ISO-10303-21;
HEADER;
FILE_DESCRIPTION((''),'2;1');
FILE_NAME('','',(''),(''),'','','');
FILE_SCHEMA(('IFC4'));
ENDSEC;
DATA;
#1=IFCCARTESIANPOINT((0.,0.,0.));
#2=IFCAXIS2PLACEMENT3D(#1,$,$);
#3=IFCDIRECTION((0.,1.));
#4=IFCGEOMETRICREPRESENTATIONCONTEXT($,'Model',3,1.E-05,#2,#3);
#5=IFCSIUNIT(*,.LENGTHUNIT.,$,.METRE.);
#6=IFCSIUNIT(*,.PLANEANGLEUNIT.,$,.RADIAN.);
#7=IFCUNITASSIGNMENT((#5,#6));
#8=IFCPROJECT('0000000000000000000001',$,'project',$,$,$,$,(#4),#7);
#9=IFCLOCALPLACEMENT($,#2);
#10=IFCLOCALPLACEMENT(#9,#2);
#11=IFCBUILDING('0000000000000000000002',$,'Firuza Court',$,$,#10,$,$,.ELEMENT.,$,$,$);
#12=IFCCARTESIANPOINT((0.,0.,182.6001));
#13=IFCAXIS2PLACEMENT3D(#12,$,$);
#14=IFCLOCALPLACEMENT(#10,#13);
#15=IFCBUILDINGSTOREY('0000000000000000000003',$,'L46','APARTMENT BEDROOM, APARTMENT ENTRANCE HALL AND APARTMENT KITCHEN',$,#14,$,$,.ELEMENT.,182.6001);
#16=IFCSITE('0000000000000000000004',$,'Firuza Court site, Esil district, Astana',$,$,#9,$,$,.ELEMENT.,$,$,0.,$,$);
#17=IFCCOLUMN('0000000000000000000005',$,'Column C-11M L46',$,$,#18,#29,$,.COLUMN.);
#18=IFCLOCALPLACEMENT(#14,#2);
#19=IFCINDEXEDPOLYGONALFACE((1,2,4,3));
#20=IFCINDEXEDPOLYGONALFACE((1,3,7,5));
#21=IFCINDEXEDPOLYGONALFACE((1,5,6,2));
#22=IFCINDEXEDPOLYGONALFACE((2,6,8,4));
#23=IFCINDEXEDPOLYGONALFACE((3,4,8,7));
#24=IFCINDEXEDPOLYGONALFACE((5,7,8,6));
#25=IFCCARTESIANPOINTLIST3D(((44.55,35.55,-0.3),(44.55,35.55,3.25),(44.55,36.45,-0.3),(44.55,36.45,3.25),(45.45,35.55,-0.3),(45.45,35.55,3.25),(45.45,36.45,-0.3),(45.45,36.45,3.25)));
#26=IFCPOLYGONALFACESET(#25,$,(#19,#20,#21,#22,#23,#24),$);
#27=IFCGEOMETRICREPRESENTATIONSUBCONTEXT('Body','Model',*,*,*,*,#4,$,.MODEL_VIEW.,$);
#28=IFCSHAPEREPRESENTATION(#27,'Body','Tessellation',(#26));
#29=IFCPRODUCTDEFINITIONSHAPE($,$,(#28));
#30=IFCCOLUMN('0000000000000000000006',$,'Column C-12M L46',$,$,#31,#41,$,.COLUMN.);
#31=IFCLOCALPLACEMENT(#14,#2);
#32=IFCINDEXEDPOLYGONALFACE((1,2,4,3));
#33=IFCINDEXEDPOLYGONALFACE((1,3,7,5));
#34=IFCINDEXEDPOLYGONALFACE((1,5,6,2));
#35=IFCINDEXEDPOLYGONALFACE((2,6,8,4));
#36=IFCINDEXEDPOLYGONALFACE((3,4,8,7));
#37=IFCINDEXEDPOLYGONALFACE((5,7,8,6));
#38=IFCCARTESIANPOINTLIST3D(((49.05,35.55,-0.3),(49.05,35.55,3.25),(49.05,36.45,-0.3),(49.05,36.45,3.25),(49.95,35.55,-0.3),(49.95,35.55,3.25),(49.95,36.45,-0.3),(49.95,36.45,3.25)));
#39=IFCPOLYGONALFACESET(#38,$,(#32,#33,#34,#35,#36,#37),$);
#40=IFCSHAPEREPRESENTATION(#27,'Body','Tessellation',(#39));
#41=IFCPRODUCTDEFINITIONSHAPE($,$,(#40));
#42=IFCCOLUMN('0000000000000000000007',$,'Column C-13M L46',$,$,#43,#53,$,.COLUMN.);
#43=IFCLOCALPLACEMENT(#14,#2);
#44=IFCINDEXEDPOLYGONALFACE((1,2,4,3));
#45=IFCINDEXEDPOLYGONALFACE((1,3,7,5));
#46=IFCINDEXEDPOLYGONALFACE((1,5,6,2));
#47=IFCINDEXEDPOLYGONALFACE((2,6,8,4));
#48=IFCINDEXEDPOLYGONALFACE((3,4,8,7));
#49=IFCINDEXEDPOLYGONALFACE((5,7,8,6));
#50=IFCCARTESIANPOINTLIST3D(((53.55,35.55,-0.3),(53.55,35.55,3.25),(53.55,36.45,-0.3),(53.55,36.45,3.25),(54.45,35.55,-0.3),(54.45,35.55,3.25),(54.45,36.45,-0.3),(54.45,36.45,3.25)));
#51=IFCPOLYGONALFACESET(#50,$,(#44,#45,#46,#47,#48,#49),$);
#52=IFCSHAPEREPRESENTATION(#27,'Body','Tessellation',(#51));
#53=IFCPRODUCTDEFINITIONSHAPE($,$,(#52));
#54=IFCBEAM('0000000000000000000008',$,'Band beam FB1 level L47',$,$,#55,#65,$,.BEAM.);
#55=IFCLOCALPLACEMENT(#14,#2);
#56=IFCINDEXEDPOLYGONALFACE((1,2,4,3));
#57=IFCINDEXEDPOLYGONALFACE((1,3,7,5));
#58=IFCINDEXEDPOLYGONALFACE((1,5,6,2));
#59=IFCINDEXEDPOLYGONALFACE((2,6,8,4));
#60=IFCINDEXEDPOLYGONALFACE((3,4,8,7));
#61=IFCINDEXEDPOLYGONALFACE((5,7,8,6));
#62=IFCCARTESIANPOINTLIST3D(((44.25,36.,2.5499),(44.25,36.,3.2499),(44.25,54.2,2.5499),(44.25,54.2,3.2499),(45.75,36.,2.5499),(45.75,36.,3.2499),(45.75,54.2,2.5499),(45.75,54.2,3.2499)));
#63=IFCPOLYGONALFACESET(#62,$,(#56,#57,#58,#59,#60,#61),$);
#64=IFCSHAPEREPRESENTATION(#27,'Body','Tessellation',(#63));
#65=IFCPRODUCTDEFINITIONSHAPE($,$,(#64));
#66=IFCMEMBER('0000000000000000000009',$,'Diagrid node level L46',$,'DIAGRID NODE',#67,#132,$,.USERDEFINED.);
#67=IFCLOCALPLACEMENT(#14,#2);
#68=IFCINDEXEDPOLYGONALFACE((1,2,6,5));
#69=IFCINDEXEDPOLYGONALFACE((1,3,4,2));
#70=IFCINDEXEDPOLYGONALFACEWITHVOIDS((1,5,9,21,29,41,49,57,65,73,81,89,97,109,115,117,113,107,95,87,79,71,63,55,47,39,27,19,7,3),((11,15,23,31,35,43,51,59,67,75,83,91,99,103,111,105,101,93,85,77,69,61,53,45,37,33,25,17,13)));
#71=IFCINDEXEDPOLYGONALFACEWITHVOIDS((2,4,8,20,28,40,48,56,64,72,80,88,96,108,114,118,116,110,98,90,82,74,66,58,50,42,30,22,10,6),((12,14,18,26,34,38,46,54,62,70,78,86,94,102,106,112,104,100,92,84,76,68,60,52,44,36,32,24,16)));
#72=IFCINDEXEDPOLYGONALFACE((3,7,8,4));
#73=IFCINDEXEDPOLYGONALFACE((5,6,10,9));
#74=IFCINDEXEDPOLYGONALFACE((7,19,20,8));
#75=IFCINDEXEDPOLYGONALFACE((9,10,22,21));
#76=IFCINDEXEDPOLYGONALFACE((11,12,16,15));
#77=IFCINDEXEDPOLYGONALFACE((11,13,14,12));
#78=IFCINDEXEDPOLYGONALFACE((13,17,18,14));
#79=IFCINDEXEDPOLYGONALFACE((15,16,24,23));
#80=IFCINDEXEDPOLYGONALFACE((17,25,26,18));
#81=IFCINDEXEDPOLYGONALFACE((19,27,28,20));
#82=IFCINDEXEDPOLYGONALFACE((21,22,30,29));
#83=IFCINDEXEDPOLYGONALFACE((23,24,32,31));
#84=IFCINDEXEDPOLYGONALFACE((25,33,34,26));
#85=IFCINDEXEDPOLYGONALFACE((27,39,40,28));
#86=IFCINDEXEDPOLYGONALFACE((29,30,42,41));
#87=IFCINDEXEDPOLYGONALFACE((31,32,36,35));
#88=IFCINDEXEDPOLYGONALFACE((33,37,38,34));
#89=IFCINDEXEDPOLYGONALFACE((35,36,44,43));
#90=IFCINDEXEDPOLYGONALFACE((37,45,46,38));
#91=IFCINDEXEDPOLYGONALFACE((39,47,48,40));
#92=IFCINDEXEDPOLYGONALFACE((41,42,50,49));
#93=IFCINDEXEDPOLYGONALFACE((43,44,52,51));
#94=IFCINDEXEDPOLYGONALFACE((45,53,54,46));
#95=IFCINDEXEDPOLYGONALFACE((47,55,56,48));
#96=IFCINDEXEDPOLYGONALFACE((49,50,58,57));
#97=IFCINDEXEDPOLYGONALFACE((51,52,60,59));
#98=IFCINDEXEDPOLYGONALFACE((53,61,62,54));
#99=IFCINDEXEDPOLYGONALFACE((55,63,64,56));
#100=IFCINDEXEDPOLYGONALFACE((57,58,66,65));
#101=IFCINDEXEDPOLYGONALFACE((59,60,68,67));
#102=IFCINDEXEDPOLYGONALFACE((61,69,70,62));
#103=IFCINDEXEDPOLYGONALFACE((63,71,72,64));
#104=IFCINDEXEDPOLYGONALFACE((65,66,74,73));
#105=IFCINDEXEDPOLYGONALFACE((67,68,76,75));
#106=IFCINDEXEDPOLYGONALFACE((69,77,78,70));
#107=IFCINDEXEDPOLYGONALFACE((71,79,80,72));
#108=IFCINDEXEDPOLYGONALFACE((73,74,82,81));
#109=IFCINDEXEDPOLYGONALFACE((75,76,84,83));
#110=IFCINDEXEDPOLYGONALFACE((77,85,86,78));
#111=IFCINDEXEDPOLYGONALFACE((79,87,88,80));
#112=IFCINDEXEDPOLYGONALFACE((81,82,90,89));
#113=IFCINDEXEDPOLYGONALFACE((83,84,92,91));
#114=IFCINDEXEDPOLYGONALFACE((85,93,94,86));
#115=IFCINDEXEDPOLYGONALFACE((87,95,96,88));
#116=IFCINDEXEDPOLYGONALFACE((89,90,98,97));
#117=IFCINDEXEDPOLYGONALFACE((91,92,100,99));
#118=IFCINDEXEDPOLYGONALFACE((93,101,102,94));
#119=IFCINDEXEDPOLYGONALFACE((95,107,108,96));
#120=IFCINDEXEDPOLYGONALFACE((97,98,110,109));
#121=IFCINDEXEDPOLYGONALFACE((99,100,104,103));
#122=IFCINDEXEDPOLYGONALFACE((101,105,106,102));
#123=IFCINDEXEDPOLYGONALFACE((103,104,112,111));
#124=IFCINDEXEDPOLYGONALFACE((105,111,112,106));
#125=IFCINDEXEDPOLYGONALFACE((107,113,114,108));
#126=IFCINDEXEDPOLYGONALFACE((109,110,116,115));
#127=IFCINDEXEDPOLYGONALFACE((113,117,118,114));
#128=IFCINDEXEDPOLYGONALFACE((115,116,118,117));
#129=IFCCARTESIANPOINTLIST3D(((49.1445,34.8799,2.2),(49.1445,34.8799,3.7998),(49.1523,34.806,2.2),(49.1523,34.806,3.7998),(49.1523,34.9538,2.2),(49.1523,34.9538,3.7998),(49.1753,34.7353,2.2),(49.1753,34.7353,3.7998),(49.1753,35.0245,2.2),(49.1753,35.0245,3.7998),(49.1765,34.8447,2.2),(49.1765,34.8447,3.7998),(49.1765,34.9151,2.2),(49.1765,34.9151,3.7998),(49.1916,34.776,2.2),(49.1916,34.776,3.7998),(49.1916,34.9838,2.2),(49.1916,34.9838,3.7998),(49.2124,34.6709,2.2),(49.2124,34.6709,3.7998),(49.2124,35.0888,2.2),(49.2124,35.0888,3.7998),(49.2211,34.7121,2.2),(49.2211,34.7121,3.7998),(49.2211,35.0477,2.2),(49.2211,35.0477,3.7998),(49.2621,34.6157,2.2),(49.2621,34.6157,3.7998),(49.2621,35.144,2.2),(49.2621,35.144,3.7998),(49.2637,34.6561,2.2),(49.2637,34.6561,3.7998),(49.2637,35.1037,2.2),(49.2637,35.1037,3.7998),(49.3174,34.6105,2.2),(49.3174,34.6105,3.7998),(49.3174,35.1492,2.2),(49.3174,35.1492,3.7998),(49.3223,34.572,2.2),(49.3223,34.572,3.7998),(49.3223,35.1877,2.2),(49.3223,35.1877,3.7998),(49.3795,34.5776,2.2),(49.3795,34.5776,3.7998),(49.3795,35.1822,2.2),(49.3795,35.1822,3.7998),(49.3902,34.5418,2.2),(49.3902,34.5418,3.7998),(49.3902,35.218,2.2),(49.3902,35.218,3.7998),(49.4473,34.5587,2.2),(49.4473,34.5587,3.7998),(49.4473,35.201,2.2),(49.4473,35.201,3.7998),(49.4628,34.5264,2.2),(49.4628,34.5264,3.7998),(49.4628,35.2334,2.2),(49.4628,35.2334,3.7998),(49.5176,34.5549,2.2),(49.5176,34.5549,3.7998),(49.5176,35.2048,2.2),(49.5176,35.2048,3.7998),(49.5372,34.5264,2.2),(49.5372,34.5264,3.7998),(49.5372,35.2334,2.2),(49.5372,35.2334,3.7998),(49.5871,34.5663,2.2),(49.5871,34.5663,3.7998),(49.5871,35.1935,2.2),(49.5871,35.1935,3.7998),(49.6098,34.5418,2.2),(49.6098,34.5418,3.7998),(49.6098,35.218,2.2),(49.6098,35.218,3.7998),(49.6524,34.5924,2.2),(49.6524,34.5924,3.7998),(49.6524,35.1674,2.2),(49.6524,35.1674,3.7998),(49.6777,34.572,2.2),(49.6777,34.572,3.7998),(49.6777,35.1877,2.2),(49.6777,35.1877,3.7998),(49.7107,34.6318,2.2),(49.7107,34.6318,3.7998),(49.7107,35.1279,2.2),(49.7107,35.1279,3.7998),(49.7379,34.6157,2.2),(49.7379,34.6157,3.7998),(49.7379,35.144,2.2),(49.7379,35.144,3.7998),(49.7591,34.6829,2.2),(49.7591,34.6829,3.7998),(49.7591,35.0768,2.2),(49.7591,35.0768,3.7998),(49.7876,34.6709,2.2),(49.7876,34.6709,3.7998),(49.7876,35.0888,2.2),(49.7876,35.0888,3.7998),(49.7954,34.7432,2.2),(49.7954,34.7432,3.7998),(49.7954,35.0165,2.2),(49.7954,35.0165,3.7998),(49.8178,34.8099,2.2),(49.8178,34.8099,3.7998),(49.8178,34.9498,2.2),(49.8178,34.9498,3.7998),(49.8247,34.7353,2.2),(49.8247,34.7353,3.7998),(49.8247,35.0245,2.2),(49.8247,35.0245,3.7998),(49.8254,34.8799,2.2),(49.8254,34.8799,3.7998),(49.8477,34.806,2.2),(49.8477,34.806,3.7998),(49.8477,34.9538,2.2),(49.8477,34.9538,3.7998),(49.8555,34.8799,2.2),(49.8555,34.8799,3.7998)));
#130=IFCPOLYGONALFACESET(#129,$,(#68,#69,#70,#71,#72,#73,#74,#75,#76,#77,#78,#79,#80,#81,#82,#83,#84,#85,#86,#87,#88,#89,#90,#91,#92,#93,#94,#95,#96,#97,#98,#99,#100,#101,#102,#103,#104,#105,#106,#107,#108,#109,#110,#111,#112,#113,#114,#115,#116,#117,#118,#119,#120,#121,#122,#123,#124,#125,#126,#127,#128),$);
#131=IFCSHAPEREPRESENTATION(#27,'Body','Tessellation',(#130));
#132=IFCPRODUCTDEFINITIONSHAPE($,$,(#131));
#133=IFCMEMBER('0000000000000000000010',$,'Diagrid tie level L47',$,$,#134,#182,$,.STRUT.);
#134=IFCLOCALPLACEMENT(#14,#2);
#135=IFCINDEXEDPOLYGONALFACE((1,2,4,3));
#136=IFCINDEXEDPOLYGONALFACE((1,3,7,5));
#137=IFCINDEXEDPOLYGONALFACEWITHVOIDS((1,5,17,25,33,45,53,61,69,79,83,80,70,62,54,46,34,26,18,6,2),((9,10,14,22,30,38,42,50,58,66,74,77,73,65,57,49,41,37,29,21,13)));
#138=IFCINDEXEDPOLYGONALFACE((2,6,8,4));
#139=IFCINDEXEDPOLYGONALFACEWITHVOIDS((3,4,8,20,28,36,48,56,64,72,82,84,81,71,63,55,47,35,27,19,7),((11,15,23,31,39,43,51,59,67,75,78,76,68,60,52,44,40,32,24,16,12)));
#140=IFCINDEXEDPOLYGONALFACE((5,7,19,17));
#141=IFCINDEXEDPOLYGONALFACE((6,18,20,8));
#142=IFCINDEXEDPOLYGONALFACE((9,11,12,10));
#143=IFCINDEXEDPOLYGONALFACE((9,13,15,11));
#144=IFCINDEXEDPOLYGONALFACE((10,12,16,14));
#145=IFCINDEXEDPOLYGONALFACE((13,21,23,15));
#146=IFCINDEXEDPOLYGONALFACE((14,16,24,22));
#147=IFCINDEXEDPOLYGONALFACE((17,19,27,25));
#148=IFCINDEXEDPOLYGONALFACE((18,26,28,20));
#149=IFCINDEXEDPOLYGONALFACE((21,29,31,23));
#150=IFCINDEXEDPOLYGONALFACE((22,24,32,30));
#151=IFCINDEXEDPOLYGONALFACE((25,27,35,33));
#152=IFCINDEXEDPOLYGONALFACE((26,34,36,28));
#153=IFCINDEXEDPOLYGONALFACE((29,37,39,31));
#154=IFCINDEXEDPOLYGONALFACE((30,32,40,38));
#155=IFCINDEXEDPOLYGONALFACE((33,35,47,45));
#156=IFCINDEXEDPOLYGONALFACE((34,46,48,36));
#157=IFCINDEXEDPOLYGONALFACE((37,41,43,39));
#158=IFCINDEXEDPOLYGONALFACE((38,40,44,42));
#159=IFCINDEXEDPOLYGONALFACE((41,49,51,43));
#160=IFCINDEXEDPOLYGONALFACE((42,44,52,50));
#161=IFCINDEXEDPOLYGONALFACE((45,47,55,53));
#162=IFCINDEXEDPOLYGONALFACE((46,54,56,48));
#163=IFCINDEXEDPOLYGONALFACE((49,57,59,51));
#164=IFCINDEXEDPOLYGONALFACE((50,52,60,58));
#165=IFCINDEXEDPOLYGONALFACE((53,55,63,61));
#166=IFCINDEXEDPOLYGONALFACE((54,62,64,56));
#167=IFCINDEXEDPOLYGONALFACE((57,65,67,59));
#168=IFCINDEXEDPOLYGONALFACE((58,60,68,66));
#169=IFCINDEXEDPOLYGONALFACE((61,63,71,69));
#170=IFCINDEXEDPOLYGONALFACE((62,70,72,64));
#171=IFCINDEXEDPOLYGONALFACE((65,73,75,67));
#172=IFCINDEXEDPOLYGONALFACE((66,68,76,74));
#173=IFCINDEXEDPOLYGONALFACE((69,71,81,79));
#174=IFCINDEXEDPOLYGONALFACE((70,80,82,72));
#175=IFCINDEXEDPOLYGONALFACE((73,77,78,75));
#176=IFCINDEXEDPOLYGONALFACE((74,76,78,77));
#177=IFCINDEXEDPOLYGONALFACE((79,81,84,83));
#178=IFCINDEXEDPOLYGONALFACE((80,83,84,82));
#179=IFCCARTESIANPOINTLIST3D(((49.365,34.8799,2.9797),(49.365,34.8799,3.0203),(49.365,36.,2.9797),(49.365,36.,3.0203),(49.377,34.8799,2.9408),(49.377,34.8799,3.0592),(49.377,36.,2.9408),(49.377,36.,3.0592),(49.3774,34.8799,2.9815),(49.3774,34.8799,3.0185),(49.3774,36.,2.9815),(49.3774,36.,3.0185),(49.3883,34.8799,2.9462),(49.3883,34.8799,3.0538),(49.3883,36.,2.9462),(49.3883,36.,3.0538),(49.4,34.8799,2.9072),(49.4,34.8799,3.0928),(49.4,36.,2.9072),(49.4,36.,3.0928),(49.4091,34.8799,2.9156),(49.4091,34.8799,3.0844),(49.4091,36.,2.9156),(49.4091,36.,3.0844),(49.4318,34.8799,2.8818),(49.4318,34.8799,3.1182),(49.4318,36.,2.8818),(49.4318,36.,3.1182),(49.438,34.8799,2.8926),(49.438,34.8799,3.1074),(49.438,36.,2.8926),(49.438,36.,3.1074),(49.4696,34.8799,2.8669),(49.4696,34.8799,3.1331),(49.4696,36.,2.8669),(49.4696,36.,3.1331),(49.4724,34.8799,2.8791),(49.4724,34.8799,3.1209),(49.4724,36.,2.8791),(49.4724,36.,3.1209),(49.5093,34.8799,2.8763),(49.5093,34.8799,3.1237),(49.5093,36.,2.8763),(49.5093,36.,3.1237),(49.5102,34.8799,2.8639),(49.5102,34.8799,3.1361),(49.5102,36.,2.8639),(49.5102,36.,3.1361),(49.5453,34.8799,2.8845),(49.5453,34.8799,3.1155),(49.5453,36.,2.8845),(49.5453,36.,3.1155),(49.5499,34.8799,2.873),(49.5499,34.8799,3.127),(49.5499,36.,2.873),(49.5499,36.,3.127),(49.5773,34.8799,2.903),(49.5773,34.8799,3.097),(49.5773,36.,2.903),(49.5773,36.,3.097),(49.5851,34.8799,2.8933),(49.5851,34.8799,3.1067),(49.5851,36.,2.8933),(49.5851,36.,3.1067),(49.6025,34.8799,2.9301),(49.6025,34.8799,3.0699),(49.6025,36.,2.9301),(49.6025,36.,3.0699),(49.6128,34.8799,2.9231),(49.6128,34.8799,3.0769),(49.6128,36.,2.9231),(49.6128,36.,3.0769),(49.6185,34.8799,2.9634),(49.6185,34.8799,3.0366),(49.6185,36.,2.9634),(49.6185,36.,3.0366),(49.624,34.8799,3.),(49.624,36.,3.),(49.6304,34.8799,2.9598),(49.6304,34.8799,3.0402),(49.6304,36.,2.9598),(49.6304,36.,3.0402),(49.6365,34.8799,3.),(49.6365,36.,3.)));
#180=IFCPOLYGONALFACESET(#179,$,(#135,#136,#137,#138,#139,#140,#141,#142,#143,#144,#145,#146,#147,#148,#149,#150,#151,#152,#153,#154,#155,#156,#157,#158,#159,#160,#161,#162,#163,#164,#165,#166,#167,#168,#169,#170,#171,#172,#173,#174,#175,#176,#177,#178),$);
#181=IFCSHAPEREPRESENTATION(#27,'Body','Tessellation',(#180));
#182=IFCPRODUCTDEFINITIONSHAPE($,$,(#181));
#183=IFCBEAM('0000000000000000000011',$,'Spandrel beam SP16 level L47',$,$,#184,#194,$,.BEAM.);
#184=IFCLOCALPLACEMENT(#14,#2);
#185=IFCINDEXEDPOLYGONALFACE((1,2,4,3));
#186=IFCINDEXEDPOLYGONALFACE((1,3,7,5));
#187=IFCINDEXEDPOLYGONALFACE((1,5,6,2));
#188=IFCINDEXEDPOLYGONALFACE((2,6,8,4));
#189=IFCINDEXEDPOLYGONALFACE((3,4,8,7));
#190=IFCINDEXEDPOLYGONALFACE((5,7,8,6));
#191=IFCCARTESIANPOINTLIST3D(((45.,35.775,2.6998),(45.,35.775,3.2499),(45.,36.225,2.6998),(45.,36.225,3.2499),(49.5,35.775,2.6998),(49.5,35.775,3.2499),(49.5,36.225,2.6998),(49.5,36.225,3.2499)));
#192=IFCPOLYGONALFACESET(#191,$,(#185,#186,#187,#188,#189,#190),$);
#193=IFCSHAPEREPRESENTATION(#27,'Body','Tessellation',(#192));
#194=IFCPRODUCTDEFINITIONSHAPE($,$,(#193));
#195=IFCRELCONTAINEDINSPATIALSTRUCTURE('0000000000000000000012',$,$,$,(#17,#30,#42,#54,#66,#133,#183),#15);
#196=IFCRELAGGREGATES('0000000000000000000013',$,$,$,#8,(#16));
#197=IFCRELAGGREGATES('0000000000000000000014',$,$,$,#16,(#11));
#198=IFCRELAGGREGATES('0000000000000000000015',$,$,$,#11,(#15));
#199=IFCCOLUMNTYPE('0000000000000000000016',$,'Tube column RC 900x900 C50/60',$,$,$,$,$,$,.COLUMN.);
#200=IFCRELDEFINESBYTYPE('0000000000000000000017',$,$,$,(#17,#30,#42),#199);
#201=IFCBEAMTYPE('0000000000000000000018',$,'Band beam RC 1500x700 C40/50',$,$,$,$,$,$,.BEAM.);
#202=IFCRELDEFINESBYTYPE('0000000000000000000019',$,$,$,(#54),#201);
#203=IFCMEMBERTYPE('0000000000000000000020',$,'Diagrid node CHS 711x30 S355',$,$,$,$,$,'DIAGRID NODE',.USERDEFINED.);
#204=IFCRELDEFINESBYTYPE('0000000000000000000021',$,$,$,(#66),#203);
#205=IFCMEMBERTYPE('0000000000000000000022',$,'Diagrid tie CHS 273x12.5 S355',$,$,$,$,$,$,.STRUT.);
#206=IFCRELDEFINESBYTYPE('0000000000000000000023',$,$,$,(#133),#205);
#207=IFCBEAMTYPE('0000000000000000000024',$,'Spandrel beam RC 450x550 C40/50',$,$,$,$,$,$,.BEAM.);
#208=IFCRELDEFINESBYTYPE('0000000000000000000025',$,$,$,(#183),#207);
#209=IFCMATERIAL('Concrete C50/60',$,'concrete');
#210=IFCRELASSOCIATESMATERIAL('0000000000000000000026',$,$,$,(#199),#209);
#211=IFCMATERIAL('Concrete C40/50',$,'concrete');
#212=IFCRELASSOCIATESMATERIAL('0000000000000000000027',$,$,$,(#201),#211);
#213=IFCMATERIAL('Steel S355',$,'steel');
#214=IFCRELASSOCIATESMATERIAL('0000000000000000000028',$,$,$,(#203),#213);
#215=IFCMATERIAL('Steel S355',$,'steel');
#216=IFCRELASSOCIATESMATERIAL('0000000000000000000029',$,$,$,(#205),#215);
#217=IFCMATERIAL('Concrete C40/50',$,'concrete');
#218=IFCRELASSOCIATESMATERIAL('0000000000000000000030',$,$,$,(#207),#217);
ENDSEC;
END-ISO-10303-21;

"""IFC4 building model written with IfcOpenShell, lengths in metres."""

from ifc_helpers import new_model, si_unit, direction, frame, origin, origin_2d, place, context, subcontext, project, spatial, rectangle, hollow_circle, extrude, material, material_profile, profile_set, type_object, element, save


model = new_model("IFC4")

# Units and contexts
model_context = context("Model", 3, precision=1e-05, world=origin(), true_north=direction((0.0, 1.0)))
body_context = subcontext(model_context, "Body", "Model", "MODEL_VIEW")
ifc_project = project(units=[si_unit("LENGTHUNIT", "METRE"), si_unit("PLANEANGLEUNIT", "RADIAN")], contexts=[model_context])

# Site, building, storey
site_placement = place(None, origin())
site = spatial("IfcSite", under=ifc_project, at=site_placement, Name="Firuza Court site, Esil district, Astana", CompositionType="ELEMENT", RefElevation=0.0)
building_placement = place(site_placement, origin())
building = spatial("IfcBuilding", under=site, at=building_placement, Name="Firuza Court", CompositionType="ELEMENT")
storey_placement = place(building_placement, frame((0.0, 0.0, 182.6001)))
storey = spatial("IfcBuildingStorey", under=building, at=storey_placement, Name="L46", Description="APARTMENT BEDROOM, APARTMENT ENTRANCE HALL AND APARTMENT KITCHEN", CompositionType="ELEMENT", Elevation=182.6001)

# Columns
ifc_material_1 = material(Name="Concrete C50/60", Category="concrete")
ifc_material_profile_1 = material_profile(ifc_material_1, rectangle(XDim=0.8999, YDim=0.8999, at=origin_2d()), Name="RC 900x900")
ifc_profile_set_1 = profile_set([ifc_material_profile_1], Name="Concrete C50/60")
column_type = type_object("IfcColumnType", Name="Tube column RC 900x900 C50/60", PredefinedType="COLUMN", material=ifc_profile_set_1)
for number, where, z_axis, x_axis, name in (
    (1, (45.0, 36.0, -0.3), (0.0, 0.0, 1.0), (1.0, 0.0, 0.0), "Column C-11M L46"),
    (2, (49.5, 36.0, -0.3), (0.0, 0.0, 1.0), (1.0, 0.0, 0.0), "Column C-12M L46"),
    (3, (54.0, 36.0, -0.3), (0.0, 0.0, 1.0), (1.0, 0.0, 0.0), "Column C-13M L46"),
):
    element("IfcColumn", number, at=place(storey_placement, frame(where, z_axis=z_axis, x_axis=x_axis)), inside=storey, type_object=column_type, Name=name, PredefinedType="COLUMN", context=body_context, shape_type="SweptSolid", body=[
        extrude(rectangle(XDim=0.8999, YDim=0.8999, at=origin_2d()), origin(), (0.0, 0.0, 1.0), 3.55),
    ])

# Beam
ifc_material_2 = material(Name="Concrete C40/50", Category="concrete")
ifc_material_profile_2 = material_profile(ifc_material_2, rectangle(XDim=1.5, YDim=0.7, at=origin_2d()), Name="RC 1500x700")
ifc_profile_set_2 = profile_set([ifc_material_profile_2], Name="Concrete C40/50")
beam_type_1 = type_object("IfcBeamType", Name="Band beam RC 1500x700 C40/50", PredefinedType="BEAM", material=ifc_profile_set_2)
beam_1_placement = place(storey_placement, frame((45.0, 36.0, 2.8999), z_axis=(0.0, 1.0, 0.0), x_axis=(-1.0, 0.0, 0.0)))
element("IfcBeam", 4, at=beam_1_placement, inside=storey, type_object=beam_type_1, Name="Band beam FB1 level L47", PredefinedType="BEAM", context=body_context, shape_type="SweptSolid", body=[
    extrude(rectangle(XDim=1.5, YDim=0.7, at=origin_2d()), origin(), (0.0, 0.0, 1.0), 18.2),
])

# Members
ifc_material_3 = material(Name="Steel S355", Category="steel")
ifc_material_profile_3 = material_profile(ifc_material_3, hollow_circle(Radius=0.3555, WallThickness=0.03, at=origin_2d()), Name="CHS 711x30")
ifc_profile_set_3 = profile_set([ifc_material_profile_3], Name="Steel S355")
member_type_1 = type_object("IfcMemberType", Name="Diagrid node CHS 711x30 S355", ElementType="DIAGRID NODE", PredefinedType="USERDEFINED", material=ifc_profile_set_3)
member_1_placement = place(storey_placement, frame((49.5, 34.8799, 2.2), z_axis=(0.0, 0.0, 1.0), x_axis=(1.0, 0.0, 0.0)))
element("IfcMember", 5, at=member_1_placement, inside=storey, type_object=member_type_1, Name="Diagrid node level L46", ObjectType="DIAGRID NODE", PredefinedType="USERDEFINED", context=body_context, shape_type="SweptSolid", body=[
    extrude(hollow_circle(Radius=0.3555, WallThickness=0.03, at=origin_2d()), origin(), (0.0, 0.0, 1.0), 1.5999),
])
ifc_material_4 = material(Name="Steel S355", Category="steel")
ifc_material_profile_4 = material_profile(ifc_material_4, hollow_circle(Radius=0.1365, WallThickness=0.0125, at=origin_2d()), Name="CHS 273x12.5")
ifc_profile_set_4 = profile_set([ifc_material_profile_4], Name="Steel S355")
member_type_2 = type_object("IfcMemberType", Name="Diagrid tie CHS 273x12.5 S355", PredefinedType="STRUT", material=ifc_profile_set_4)
member_2_placement = place(storey_placement, frame((49.5, 36.0, 3.0), z_axis=(0.0, -1.0, 0.0), x_axis=(1.0, 0.0, 0.0)))
element("IfcMember", 6, at=member_2_placement, inside=storey, type_object=member_type_2, Name="Diagrid tie level L47", PredefinedType="STRUT", context=body_context, shape_type="SweptSolid", body=[
    extrude(hollow_circle(Radius=0.1365, WallThickness=0.0125, at=origin_2d()), origin(), (0.0, 0.0, 1.0), 1.1201),
])

# Beam
ifc_material_5 = material(Name="Concrete C40/50", Category="concrete")
ifc_material_profile_5 = material_profile(ifc_material_5, rectangle(XDim=0.45, YDim=0.55, at=origin_2d()), Name="RC 450x550")
ifc_profile_set_5 = profile_set([ifc_material_profile_5], Name="Concrete C40/50")
beam_type_2 = type_object("IfcBeamType", Name="Spandrel beam RC 450x550 C40/50", PredefinedType="BEAM", material=ifc_profile_set_5)
for number, where, z_axis, x_axis, name in (
    (7, (45.0, 36.0, 2.9749), (1.0, 0.0, 0.0), (0.0, 1.0, 0.0), "Spandrel beam SP16 level L47"),
):
    element("IfcBeam", number, at=place(storey_placement, frame(where, z_axis=z_axis, x_axis=x_axis)), inside=storey, type_object=beam_type_2, Name=name, PredefinedType="BEAM", context=body_context, shape_type="SweptSolid", body=[
        extrude(rectangle(XDim=0.45, YDim=0.55, at=origin_2d()), origin(), (0.0, 0.0, 1.0), 4.5),
    ])

save(model, "model.ifc")
